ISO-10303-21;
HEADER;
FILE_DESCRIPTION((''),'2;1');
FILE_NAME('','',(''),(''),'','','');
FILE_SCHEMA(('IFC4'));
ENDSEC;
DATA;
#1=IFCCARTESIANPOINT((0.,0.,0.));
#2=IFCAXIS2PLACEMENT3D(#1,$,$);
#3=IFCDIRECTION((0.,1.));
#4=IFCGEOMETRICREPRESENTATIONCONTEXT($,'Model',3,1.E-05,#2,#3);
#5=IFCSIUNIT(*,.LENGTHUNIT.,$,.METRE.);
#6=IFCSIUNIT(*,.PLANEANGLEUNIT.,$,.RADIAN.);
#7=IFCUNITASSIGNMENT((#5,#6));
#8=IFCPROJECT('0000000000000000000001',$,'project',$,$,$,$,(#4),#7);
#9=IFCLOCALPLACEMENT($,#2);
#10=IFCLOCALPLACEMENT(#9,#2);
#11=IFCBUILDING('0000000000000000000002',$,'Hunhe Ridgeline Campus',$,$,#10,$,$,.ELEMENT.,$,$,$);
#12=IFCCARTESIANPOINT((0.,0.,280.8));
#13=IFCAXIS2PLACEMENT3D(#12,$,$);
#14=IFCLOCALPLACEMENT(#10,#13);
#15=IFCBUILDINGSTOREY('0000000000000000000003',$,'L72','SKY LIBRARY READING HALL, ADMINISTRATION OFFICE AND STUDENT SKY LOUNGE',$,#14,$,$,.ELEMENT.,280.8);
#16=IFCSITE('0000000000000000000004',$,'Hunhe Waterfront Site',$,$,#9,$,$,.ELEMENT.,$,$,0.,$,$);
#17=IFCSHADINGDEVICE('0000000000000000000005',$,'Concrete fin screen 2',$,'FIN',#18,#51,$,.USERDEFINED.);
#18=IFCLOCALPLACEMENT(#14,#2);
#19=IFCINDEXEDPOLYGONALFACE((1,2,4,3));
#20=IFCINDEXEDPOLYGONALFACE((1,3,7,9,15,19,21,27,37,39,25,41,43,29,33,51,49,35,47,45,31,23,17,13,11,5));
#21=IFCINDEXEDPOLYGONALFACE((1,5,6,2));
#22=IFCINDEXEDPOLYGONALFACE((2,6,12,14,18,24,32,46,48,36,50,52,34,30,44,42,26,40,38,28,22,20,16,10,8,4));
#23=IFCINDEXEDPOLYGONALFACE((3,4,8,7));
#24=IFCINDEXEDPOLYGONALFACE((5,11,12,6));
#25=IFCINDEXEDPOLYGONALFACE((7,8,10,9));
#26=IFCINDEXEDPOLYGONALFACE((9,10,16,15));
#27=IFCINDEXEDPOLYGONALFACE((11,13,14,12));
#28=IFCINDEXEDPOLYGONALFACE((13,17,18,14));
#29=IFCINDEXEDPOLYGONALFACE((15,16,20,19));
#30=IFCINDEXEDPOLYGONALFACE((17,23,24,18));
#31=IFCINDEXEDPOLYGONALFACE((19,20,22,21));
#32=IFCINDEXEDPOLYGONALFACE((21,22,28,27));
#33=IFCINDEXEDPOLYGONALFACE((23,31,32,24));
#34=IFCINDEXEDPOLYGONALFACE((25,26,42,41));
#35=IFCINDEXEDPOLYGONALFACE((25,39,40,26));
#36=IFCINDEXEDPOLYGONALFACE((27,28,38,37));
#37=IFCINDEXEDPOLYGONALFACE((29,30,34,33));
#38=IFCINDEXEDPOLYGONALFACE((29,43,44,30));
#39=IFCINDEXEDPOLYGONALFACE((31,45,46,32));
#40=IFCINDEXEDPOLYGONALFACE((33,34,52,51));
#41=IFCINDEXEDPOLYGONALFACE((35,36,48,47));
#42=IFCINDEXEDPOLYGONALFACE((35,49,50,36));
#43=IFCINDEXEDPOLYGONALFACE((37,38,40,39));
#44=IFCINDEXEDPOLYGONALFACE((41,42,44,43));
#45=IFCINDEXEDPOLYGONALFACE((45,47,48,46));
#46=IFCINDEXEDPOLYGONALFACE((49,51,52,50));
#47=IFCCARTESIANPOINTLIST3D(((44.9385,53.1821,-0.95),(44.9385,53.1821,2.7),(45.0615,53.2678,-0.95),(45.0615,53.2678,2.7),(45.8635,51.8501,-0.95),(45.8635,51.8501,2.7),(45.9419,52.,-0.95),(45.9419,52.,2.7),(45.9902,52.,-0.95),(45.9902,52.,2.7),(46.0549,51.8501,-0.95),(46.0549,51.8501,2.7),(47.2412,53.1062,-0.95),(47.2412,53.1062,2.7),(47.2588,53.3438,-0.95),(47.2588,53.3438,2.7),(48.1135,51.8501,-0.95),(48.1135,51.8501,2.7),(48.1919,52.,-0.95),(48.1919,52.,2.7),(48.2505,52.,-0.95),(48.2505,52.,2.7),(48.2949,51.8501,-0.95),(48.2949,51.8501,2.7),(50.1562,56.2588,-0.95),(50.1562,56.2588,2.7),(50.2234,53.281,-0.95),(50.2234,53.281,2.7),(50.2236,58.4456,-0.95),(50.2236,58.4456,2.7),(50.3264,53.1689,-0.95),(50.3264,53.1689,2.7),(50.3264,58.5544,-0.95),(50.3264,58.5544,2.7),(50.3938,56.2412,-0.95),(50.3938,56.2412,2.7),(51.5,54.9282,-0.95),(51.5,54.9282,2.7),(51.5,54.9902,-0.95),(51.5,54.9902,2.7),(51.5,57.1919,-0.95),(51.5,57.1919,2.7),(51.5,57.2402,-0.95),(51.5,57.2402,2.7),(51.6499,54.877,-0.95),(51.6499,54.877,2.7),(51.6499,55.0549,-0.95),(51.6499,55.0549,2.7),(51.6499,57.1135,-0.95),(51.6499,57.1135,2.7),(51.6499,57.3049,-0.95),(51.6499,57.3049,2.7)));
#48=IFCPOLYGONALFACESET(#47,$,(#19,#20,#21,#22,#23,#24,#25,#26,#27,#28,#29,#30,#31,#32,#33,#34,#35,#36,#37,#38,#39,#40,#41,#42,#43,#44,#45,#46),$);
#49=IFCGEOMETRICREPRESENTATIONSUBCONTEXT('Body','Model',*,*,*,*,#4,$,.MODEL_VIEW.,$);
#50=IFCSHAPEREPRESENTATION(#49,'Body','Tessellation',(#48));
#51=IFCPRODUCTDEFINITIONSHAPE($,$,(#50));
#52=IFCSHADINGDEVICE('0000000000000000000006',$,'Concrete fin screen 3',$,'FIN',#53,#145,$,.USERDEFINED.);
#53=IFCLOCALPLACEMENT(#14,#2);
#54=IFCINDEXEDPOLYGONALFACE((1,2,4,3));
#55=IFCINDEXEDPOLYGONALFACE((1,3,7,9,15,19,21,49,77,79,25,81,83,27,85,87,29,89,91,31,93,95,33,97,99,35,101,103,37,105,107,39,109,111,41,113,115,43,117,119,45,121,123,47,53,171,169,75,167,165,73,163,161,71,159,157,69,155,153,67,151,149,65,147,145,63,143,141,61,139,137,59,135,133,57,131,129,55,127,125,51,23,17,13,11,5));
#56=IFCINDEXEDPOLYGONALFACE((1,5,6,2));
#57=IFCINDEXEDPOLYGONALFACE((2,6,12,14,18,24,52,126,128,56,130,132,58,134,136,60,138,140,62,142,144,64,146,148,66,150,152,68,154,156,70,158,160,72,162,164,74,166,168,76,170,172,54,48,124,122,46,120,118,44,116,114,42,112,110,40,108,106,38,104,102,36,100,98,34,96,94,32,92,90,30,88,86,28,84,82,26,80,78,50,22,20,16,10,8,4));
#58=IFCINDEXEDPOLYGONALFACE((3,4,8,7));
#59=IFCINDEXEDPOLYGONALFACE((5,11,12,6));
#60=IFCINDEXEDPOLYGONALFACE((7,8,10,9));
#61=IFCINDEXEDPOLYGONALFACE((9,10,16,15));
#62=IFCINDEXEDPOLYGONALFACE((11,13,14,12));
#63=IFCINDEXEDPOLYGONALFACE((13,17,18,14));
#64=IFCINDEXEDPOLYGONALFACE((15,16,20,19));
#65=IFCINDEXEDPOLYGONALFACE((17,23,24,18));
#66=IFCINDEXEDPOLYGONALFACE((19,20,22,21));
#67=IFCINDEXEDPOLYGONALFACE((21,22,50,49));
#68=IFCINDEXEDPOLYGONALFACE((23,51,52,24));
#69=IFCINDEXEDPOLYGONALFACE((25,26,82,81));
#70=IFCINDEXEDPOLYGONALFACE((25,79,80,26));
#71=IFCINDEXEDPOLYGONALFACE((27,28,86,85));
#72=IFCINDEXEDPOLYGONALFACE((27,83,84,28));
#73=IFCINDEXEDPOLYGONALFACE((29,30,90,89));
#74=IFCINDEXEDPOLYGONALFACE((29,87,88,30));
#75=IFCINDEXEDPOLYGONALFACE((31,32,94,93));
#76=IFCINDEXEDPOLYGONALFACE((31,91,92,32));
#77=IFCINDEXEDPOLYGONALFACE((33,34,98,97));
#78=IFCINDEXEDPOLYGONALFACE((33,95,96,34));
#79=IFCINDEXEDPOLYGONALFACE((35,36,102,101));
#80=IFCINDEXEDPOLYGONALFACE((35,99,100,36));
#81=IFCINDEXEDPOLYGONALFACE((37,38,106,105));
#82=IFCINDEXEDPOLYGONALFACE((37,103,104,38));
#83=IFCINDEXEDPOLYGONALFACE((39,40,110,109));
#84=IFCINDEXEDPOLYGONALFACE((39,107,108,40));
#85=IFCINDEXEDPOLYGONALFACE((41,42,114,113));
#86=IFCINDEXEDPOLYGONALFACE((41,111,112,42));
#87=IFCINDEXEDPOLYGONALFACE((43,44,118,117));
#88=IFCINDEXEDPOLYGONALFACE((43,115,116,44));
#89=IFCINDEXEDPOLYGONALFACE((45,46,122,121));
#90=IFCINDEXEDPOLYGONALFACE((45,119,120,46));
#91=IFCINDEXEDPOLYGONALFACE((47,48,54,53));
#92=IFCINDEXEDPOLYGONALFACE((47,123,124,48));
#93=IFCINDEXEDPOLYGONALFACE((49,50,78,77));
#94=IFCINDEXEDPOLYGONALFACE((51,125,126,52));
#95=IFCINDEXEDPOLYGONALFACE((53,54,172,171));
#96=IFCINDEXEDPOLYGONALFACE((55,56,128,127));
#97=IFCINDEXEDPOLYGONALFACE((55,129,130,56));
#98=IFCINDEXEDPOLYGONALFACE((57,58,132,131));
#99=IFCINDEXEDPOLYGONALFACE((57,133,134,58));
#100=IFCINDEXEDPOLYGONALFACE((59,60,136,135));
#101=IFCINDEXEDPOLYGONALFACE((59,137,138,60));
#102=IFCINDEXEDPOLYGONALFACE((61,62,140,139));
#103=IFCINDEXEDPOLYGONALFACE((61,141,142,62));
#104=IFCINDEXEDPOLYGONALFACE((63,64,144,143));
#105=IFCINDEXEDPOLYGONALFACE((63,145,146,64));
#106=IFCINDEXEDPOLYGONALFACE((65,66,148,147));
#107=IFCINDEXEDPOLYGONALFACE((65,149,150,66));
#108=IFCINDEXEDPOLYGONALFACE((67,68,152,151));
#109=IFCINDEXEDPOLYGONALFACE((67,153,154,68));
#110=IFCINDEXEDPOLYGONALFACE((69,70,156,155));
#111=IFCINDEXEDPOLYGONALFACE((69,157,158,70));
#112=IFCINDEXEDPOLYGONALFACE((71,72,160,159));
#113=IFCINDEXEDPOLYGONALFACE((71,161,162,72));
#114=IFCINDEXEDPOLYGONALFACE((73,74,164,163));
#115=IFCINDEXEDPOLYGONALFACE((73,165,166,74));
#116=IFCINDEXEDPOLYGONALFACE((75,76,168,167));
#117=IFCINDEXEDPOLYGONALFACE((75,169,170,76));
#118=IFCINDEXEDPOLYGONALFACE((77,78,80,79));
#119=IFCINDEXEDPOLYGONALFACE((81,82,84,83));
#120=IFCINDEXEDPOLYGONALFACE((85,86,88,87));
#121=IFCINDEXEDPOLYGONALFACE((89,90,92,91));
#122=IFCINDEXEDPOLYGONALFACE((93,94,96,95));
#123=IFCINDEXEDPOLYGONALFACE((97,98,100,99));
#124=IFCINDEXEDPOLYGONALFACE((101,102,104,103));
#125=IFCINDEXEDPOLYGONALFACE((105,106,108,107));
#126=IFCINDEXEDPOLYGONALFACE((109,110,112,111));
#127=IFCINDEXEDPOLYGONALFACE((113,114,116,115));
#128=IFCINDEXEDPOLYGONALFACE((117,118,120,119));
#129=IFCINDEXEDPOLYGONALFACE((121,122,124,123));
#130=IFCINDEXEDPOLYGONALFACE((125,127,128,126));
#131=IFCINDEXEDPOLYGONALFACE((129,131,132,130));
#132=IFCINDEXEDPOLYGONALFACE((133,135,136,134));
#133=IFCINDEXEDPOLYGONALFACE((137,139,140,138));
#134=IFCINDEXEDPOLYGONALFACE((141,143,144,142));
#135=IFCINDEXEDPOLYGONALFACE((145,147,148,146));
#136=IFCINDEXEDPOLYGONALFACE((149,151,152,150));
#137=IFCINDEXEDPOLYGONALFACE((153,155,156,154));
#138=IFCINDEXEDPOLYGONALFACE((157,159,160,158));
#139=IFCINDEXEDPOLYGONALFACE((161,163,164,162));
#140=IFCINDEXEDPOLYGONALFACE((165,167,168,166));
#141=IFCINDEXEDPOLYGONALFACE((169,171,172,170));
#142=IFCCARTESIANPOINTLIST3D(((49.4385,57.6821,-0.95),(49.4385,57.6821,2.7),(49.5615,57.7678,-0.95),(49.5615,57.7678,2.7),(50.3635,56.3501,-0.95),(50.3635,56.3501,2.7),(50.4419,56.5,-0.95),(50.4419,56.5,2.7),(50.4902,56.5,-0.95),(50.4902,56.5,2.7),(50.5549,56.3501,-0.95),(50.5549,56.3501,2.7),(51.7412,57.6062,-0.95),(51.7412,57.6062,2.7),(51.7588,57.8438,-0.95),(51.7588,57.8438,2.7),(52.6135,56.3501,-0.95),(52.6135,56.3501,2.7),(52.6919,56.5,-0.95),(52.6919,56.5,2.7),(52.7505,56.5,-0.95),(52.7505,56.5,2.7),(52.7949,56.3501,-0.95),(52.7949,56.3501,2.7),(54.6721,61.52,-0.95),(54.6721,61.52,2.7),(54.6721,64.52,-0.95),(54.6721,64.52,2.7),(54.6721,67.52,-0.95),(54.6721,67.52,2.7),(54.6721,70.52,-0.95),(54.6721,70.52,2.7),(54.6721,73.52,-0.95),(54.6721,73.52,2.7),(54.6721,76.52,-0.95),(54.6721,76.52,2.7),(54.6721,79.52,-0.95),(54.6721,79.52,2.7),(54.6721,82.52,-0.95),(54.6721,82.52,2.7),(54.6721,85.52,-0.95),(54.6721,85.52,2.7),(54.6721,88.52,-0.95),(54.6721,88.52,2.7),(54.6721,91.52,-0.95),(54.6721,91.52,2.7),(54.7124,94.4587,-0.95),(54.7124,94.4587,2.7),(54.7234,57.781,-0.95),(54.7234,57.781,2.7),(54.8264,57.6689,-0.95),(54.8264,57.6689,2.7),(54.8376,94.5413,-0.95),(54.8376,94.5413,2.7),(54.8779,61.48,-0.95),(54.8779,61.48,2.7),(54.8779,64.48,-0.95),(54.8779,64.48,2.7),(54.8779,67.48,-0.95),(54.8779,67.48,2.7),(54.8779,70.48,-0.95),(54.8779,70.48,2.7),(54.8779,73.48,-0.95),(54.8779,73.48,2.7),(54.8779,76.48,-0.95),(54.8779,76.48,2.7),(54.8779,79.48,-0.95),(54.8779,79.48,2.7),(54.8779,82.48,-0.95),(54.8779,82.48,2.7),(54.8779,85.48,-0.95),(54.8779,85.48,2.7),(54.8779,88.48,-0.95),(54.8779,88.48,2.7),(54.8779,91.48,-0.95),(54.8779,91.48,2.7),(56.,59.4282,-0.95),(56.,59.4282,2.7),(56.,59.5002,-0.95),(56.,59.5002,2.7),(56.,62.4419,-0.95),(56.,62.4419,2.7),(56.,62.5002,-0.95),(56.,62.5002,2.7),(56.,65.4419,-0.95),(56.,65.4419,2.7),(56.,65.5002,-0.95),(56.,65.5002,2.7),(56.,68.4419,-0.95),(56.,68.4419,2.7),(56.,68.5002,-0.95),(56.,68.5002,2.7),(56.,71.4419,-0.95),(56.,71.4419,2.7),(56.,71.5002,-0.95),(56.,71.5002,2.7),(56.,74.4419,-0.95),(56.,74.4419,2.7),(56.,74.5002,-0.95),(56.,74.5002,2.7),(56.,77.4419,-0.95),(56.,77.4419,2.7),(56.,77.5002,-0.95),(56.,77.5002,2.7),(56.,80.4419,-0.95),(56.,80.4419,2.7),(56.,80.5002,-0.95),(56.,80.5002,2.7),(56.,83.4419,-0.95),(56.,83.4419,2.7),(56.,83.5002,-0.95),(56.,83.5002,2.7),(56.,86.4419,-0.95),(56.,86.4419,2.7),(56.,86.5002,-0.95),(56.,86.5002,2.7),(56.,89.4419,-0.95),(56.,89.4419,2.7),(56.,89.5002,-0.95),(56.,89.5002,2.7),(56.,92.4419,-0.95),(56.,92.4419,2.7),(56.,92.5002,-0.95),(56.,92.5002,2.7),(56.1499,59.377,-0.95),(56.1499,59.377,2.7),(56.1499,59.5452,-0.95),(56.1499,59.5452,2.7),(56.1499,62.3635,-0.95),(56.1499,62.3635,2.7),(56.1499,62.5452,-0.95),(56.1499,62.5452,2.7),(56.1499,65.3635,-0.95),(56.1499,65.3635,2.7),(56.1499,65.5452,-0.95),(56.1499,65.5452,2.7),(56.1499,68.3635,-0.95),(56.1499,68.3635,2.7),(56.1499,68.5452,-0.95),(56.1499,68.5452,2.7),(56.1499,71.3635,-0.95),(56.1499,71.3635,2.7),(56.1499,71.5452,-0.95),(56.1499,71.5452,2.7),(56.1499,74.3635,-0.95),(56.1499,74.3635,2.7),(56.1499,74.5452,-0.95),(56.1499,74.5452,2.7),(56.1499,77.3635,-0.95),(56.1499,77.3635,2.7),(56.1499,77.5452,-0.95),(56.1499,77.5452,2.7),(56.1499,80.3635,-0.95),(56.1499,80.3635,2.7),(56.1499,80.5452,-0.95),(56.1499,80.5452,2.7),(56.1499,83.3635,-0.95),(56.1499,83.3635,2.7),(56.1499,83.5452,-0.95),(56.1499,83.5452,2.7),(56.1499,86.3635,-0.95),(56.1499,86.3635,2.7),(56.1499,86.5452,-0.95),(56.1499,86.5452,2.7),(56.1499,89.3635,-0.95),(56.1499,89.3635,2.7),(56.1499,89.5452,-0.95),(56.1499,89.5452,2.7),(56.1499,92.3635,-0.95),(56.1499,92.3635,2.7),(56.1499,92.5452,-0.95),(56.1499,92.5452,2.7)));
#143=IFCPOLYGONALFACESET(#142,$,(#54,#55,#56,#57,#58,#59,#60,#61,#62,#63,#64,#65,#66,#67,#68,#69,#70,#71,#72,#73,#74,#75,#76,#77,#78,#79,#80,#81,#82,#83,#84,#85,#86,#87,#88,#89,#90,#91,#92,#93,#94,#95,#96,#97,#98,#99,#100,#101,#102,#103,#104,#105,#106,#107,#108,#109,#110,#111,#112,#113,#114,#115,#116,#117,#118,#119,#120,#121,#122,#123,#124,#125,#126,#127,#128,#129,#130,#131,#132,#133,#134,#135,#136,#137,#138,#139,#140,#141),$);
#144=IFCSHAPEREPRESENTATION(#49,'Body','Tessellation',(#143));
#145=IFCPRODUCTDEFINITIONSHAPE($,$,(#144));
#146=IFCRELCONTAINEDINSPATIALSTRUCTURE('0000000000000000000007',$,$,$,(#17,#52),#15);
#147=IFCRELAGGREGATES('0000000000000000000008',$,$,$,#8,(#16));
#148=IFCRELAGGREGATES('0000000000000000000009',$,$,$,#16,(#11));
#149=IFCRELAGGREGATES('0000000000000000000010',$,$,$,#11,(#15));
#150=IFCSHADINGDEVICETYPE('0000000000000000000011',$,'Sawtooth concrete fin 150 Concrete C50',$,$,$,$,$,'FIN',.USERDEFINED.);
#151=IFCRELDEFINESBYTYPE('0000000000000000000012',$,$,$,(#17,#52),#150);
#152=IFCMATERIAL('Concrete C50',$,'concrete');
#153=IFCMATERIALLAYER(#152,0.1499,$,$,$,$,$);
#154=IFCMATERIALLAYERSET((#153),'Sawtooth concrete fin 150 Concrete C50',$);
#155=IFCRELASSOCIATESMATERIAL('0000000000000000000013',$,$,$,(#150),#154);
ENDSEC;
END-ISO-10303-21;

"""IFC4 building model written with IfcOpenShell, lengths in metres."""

from ifc_helpers import new_model, si_unit, direction, frame, origin, place, context, subcontext, project, spatial, polyline, outline, extrude, material, layer, layer_set, type_object, element, save


model = new_model("IFC4")

# Units and contexts
model_context = context("Model", 3, precision=1e-05, world=origin(), true_north=direction((0.0, 1.0)))
body_context = subcontext(model_context, "Body", "Model", "MODEL_VIEW")
ifc_project = project(units=[si_unit("LENGTHUNIT", "METRE"), si_unit("PLANEANGLEUNIT", "RADIAN")], contexts=[model_context])

# Site, building, storey
site_placement = place(None, origin())
site = spatial("IfcSite", under=ifc_project, at=site_placement, Name="Hunhe Waterfront Site", CompositionType="ELEMENT", RefElevation=0.0)
building_placement = place(site_placement, origin())
building = spatial("IfcBuilding", under=site, at=building_placement, Name="Hunhe Ridgeline Campus", CompositionType="ELEMENT")
storey_placement = place(building_placement, frame((0.0, 0.0, 280.8)))
storey = spatial("IfcBuildingStorey", under=building, at=storey_placement, Name="L72", Description="SKY LIBRARY READING HALL, ADMINISTRATION OFFICE AND STUDENT SKY LOUNGE", CompositionType="ELEMENT", Elevation=280.8)

# Shared definitions
ifc_material_1 = material(Name="Concrete C50", Category="concrete")

# Shading devices
ifc_layer_1 = layer(ifc_material_1, 0.1499)
ifc_layer_set_1 = layer_set([ifc_layer_1], Name="Sawtooth concrete fin 150 Concrete C50")
shading_device_type = type_object("IfcShadingDeviceType", Name="Sawtooth concrete fin 150 Concrete C50", ElementType="FIN", PredefinedType="USERDEFINED", material=ifc_layer_set_1)
shading_device_1_placement = place(storey_placement, frame((0.0, 0.0, -0.95)))
element("IfcShadingDevice", 1, at=shading_device_1_placement, inside=storey, type_object=shading_device_type, Name="Concrete fin screen 2", ObjectType="FIN", PredefinedType="USERDEFINED", context=body_context, shape_type="SweptSolid", body=[
    extrude(outline(polyline([(45.0615, 53.2678), (44.9385, 53.1821), (45.8635, 51.8501), (46.0549, 51.8501), (47.2412, 53.1062), (48.1135, 51.8501), (48.2949, 51.8501), (50.3264, 53.1689), (51.6499, 54.877), (51.6499, 55.0549), (50.3938, 56.2412), (51.6499, 57.1135), (51.6499, 57.3049), (50.3264, 58.5544), (50.2236, 58.4456), (51.5, 57.2402), (51.5, 57.1919), (50.1562, 56.2588), (51.5, 54.9902), (51.5, 54.9282), (50.2234, 53.281), (48.2505, 52.0), (48.1919, 52.0), (47.2588, 53.3438), (45.9902, 52.0), (45.9419, 52.0), (45.0615, 53.2678)])), origin(), (0.0, 0.0, 1.0), 3.6499),
])
shading_device_2_placement = place(storey_placement, frame((0.0, 0.0, -0.95)))
element("IfcShadingDevice", 2, at=shading_device_2_placement, inside=storey, type_object=shading_device_type, Name="Concrete fin screen 3", ObjectType="FIN", PredefinedType="USERDEFINED", context=body_context, shape_type="SweptSolid", body=[
    extrude(outline(polyline([(49.5615, 57.7678), (49.4385, 57.6821), (50.3635, 56.3501), (50.5549, 56.3501), (51.7412, 57.6062), (52.6135, 56.3501), (52.7949, 56.3501), (54.8264, 57.6689), (56.1499, 59.377), (56.1499, 59.5452), (54.8779, 61.48), (56.1499, 62.3635), (56.1499, 62.5452), (54.8779, 64.48), (56.1499, 65.3635), (56.1499, 65.5452), (54.8779, 67.48), (56.1499, 68.3635), (56.1499, 68.5452), (54.8779, 70.48), (56.1499, 71.3635), (56.1499, 71.5452), (54.8779, 73.48), (56.1499, 74.3635), (56.1499, 74.5452), (54.8779, 76.48), (56.1499, 77.3635), (56.1499, 77.5452), (54.8779, 79.48), (56.1499, 80.3635), (56.1499, 80.5452), (54.8779, 82.48), (56.1499, 83.3635), (56.1499, 83.5452), (54.8779, 85.48), (56.1499, 86.3635), (56.1499, 86.5452), (54.8779, 88.48), (56.1499, 89.3635), (56.1499, 89.5452), (54.8779, 91.48), (56.1499, 92.3635), (56.1499, 92.5452), (54.8376, 94.5413), (54.7124, 94.4587), (56.0, 92.5002), (56.0, 92.4419), (54.6721, 91.52), (56.0, 89.5002), (56.0, 89.4419), (54.6721, 88.52), (56.0, 86.5002), (56.0, 86.4419), (54.6721, 85.52), (56.0, 83.5002), (56.0, 83.4419), (54.6721, 82.52), (56.0, 80.5002), (56.0, 80.4419), (54.6721, 79.52), (56.0, 77.5002), (56.0, 77.4419), (54.6721, 76.52), (56.0, 74.5002), (56.0, 74.4419), (54.6721, 73.52), (56.0, 71.5002), (56.0, 71.4419), (54.6721, 70.52), (56.0, 68.5002), (56.0, 68.4419), (54.6721, 67.52), (56.0, 65.5002), (56.0, 65.4419), (54.6721, 64.52), (56.0, 62.5002), (56.0, 62.4419), (54.6721, 61.52), (56.0, 59.5002), (56.0, 59.4282), (54.7234, 57.781), (52.7505, 56.5), (52.6919, 56.5), (51.7588, 57.8438), (50.4902, 56.5), (50.4419, 56.5), (49.5615, 57.7678)])), origin(), (0.0, 0.0, 1.0), 3.6499),
])

save(model, "model.ifc")
